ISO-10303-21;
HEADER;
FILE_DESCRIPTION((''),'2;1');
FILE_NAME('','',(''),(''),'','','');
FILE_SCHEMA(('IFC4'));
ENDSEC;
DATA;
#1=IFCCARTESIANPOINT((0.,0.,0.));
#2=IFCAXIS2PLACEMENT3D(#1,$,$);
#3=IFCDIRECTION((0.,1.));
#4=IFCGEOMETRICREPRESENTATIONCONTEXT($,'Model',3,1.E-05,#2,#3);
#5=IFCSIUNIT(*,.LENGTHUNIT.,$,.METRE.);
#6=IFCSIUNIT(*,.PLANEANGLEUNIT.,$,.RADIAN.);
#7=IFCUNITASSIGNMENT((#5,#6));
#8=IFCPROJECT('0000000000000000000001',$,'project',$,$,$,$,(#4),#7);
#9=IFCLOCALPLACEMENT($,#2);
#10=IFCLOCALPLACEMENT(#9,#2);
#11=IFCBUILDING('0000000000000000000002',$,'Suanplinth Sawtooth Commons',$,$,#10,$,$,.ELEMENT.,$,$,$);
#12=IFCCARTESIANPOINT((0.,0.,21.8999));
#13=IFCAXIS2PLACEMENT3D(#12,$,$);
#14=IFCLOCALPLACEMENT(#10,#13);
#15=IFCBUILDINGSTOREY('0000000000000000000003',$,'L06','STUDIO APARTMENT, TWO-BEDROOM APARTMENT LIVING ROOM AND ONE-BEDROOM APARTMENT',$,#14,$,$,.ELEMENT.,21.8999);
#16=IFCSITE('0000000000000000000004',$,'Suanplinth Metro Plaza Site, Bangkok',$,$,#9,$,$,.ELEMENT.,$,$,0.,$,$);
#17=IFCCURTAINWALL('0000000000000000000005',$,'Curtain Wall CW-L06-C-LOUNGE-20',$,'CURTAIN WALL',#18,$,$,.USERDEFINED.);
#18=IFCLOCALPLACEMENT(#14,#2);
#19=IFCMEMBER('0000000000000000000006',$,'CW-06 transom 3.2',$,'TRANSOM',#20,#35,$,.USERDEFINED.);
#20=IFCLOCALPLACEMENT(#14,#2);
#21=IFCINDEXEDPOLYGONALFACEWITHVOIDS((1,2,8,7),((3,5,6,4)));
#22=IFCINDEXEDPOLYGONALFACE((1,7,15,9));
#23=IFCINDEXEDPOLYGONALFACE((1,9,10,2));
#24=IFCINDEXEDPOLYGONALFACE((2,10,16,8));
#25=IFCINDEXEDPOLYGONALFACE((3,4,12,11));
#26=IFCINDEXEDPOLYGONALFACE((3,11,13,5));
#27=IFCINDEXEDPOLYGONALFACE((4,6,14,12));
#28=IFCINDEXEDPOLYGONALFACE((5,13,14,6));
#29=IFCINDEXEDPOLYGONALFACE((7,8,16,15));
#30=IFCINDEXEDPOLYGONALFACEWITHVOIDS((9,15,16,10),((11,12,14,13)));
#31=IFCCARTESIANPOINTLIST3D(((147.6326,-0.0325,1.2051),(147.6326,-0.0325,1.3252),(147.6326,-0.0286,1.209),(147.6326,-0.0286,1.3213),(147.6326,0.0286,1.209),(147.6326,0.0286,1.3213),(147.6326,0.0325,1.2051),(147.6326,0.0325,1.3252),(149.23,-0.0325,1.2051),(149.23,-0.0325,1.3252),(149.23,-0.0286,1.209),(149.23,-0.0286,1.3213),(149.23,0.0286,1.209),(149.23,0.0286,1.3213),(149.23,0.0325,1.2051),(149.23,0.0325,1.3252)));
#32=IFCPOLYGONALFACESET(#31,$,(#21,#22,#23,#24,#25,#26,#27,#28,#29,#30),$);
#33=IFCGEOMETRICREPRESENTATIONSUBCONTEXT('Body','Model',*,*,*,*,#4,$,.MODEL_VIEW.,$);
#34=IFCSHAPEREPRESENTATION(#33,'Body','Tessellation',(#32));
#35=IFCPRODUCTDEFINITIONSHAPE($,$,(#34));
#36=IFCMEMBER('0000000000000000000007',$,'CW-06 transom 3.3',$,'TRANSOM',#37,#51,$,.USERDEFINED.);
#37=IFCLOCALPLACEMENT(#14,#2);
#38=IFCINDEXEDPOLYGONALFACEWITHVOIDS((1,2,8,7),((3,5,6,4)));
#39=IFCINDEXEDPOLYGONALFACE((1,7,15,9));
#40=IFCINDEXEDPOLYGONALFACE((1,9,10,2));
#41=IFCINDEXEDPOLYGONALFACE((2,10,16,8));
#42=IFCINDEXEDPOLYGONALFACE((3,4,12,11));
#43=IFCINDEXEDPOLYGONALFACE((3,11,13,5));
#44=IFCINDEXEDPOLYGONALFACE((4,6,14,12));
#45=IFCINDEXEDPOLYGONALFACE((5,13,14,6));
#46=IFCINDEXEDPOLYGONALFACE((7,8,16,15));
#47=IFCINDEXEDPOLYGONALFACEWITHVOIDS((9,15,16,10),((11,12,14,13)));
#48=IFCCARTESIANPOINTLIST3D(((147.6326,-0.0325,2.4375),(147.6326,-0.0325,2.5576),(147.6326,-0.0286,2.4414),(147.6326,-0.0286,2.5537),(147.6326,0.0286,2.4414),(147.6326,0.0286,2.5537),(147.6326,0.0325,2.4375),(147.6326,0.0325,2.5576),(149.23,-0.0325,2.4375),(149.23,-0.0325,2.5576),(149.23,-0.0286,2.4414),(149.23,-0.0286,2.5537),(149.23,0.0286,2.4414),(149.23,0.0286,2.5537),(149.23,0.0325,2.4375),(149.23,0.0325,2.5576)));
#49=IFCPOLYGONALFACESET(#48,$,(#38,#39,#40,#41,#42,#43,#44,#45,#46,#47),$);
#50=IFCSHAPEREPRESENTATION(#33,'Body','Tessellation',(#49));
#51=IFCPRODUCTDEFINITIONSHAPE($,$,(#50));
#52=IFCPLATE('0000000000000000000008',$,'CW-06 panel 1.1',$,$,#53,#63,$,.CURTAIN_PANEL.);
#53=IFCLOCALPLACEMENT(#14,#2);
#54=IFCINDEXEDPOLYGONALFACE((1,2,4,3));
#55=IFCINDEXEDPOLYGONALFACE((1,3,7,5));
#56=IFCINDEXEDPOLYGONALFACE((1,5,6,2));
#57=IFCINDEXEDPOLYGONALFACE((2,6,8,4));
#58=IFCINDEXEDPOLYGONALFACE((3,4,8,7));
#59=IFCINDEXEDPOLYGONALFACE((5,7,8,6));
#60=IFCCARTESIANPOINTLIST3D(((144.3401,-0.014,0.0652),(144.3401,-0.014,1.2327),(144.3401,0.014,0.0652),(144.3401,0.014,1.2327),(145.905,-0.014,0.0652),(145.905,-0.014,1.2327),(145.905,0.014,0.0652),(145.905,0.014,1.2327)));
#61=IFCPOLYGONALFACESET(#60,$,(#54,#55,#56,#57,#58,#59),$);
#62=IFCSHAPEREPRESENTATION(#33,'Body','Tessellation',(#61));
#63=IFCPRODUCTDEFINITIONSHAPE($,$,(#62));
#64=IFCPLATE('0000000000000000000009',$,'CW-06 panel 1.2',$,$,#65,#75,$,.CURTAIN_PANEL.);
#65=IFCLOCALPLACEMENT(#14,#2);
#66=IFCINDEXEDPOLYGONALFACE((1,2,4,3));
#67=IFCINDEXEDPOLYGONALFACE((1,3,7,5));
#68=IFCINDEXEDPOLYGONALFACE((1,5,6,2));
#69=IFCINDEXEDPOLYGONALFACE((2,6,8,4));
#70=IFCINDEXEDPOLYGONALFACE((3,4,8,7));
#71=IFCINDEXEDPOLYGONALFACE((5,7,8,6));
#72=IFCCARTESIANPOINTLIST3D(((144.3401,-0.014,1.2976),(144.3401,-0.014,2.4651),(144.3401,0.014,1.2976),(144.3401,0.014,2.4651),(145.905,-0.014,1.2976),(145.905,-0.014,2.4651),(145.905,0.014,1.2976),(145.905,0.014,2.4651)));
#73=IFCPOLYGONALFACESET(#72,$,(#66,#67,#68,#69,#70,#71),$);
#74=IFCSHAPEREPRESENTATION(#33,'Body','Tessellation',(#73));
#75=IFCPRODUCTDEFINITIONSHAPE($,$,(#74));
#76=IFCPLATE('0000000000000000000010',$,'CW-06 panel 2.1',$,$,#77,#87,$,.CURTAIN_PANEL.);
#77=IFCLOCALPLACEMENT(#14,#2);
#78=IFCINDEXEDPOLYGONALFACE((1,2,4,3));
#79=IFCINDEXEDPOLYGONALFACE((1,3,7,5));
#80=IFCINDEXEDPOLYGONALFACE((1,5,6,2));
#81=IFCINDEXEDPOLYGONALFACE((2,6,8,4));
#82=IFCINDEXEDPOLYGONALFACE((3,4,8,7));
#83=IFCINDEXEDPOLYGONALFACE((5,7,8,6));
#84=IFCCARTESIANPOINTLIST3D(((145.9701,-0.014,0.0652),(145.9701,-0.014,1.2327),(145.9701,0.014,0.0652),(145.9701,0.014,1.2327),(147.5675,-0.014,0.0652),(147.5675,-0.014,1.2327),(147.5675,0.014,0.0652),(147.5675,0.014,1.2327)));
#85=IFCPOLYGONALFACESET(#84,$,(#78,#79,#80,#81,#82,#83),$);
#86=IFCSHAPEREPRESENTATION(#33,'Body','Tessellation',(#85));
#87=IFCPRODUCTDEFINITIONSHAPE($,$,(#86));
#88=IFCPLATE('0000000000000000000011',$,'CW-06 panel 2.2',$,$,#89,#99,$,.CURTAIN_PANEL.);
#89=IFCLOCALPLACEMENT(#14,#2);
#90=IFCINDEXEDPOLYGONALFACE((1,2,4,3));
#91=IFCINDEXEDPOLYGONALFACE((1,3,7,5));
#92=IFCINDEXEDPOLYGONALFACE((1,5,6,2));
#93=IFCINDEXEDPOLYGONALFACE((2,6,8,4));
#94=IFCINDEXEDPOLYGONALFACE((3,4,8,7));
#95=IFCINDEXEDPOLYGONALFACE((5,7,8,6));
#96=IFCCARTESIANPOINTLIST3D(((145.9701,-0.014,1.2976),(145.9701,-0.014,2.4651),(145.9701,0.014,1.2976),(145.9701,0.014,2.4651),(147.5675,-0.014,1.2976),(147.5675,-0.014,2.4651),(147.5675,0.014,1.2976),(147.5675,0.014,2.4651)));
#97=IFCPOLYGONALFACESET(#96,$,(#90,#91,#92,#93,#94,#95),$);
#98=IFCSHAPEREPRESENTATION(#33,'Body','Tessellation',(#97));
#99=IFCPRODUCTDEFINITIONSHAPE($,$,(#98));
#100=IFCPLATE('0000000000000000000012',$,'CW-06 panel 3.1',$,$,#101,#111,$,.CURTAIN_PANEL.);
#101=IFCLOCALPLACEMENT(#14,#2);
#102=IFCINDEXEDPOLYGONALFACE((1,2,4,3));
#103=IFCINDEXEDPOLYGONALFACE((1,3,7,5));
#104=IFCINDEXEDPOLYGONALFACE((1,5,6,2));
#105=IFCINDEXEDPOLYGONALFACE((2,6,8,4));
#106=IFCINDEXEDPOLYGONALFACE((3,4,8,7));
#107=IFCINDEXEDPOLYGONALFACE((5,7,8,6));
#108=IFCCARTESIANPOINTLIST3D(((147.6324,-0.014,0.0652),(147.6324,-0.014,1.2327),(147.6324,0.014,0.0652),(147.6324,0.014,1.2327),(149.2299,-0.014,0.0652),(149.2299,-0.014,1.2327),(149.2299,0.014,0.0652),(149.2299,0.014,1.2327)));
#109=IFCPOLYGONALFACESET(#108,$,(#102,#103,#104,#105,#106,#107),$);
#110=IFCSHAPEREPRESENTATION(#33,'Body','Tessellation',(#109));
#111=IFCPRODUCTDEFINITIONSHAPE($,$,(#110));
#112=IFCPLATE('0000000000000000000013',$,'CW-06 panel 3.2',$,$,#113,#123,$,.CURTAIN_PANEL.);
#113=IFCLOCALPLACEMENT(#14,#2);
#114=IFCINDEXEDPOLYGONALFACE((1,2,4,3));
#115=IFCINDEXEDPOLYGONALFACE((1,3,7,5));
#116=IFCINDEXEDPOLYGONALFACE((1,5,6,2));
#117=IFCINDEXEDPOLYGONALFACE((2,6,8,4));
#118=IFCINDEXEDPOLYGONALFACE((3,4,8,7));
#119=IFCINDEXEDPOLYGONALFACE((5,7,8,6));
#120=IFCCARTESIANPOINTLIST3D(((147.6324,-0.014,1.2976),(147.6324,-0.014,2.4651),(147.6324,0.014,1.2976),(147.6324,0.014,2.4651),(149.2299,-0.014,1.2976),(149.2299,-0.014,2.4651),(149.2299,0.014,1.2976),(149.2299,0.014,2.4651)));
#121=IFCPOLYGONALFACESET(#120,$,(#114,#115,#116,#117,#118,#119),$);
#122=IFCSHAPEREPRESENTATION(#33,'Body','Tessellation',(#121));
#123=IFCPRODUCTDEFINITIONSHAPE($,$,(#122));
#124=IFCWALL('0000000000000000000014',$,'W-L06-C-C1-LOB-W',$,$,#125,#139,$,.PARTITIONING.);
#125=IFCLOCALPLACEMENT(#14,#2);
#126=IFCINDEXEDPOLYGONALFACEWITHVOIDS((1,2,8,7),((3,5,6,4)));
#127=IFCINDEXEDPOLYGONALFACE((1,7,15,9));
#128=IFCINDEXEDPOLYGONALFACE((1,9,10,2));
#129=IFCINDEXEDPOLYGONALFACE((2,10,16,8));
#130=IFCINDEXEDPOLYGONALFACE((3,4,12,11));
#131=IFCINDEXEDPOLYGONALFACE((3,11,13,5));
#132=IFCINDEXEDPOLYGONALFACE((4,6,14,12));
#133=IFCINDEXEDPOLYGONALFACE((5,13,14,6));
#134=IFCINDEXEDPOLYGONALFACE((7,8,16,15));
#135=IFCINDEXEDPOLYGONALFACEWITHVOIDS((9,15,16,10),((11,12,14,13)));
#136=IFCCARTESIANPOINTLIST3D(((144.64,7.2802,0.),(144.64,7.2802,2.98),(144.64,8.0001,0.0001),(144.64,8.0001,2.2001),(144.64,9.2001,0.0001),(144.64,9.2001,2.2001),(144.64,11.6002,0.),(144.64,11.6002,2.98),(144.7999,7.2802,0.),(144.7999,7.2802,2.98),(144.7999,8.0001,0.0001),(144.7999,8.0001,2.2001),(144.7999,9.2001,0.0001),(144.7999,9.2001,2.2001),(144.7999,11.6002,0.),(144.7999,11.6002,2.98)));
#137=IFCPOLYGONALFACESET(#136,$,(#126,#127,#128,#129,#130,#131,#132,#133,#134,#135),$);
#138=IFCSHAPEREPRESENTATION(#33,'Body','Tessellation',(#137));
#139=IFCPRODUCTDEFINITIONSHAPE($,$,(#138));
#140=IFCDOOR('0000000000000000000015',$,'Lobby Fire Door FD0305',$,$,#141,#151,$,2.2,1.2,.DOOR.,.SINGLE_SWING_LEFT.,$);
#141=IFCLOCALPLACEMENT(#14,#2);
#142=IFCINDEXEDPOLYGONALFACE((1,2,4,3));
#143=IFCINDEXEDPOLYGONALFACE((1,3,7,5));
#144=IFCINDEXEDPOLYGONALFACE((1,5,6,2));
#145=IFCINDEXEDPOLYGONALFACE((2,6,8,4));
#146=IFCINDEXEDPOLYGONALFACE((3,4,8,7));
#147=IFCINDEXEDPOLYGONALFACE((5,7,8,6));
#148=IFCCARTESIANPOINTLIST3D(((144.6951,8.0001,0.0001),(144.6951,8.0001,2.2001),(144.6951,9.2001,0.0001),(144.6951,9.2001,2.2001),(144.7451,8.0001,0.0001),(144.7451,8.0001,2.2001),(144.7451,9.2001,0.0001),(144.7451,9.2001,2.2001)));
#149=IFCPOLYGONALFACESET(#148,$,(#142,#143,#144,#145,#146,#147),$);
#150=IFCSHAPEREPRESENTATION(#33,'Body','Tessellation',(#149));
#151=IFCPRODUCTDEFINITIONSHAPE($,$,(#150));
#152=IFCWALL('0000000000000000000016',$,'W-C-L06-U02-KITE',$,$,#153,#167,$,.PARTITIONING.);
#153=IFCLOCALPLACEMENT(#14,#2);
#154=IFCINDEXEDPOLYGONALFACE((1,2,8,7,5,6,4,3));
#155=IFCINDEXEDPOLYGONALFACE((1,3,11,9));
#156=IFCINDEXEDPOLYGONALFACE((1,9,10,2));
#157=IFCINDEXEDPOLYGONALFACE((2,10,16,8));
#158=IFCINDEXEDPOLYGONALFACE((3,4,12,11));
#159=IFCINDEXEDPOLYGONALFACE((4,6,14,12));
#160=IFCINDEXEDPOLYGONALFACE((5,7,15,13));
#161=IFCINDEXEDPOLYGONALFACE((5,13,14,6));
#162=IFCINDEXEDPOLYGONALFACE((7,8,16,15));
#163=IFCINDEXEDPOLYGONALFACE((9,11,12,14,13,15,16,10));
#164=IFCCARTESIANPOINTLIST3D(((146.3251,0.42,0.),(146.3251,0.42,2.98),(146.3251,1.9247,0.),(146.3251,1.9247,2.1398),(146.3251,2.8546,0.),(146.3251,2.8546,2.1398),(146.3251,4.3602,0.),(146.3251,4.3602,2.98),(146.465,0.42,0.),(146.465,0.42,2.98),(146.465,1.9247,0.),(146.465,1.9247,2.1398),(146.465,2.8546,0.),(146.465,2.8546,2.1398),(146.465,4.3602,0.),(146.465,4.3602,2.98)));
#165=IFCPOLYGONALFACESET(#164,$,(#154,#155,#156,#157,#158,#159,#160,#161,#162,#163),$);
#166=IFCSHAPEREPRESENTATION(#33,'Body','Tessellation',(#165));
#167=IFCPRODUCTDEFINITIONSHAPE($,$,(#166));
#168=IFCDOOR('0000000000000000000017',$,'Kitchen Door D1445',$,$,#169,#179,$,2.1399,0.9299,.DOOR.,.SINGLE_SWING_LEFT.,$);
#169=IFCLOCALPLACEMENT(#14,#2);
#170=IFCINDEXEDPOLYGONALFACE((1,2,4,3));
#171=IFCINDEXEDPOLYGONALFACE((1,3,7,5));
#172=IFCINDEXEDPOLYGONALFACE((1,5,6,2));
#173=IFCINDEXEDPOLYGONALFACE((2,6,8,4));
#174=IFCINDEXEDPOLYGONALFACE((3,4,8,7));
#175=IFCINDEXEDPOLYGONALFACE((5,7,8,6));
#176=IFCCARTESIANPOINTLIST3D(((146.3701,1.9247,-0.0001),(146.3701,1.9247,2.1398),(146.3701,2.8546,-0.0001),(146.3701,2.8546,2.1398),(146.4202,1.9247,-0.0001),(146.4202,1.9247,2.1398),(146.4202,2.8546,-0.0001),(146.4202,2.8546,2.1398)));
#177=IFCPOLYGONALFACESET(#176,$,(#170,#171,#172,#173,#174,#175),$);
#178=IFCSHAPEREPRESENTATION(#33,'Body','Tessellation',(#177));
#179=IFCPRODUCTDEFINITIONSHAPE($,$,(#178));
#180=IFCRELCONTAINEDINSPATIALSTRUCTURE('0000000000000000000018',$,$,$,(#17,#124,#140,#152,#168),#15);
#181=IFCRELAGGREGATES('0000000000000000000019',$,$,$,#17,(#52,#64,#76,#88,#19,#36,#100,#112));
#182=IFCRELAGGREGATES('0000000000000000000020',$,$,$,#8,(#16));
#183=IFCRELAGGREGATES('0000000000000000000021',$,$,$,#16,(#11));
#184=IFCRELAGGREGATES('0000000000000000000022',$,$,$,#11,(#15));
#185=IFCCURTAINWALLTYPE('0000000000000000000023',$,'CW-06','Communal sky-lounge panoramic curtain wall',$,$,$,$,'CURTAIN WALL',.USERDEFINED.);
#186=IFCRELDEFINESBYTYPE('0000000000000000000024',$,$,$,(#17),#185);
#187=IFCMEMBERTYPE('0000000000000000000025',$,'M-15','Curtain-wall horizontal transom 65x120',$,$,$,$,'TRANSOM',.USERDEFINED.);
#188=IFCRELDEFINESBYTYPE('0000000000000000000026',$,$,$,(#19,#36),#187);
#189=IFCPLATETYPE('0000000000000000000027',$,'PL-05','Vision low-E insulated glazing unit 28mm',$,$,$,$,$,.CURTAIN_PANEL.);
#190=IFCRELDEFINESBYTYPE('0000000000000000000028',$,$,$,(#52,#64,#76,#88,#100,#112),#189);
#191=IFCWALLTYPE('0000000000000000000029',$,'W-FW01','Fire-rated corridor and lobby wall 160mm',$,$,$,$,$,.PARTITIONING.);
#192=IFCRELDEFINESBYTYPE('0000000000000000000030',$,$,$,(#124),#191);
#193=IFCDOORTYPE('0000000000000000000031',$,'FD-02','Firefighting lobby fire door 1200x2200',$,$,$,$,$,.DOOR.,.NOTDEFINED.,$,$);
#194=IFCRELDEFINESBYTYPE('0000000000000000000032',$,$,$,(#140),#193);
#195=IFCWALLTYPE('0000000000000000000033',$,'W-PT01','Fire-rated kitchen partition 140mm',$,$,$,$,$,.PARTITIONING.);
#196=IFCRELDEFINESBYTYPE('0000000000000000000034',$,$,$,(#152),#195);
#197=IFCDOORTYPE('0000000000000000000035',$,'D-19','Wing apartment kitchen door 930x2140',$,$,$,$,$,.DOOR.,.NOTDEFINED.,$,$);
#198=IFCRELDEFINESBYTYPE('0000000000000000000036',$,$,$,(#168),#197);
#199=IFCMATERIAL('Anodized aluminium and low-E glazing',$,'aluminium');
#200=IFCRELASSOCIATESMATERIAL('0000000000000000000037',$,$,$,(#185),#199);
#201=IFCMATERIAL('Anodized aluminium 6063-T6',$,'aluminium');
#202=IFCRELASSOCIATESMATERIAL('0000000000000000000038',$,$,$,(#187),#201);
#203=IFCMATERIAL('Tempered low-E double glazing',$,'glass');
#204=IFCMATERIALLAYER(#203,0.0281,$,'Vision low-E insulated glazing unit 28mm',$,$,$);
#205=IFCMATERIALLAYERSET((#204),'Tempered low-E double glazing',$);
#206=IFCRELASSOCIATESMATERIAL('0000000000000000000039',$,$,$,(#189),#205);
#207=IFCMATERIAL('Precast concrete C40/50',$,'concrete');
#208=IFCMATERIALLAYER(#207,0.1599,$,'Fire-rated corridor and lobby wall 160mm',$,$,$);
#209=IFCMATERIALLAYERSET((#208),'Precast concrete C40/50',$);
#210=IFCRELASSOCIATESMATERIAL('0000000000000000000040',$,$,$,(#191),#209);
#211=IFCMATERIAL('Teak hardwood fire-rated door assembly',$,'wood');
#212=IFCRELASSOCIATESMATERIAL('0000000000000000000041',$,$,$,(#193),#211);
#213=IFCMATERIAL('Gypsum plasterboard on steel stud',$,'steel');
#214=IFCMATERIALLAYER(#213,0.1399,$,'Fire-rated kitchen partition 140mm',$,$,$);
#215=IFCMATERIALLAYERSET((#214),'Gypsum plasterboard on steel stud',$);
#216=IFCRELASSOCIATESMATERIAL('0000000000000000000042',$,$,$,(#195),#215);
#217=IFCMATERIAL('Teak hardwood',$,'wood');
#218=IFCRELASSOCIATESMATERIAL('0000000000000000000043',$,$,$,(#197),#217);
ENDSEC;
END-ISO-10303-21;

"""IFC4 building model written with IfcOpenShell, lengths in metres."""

from ifc_helpers import new_model, si_unit, direction, frame, frame_2d, origin, origin_2d, place, context, subcontext, project, spatial, rectangle, hollow_rectangle, extrude, material, layer, layer_set, material_profile, profile_set, type_object, element, fill, aggregate, save


model = new_model("IFC4")

# Units and contexts
model_context = context("Model", 3, precision=1e-05, world=origin(), true_north=direction((0.0, 1.0)))
body_context = subcontext(model_context, "Body", "Model", "MODEL_VIEW")
ifc_project = project(units=[si_unit("LENGTHUNIT", "METRE"), si_unit("PLANEANGLEUNIT", "RADIAN")], contexts=[model_context])

# Site, building, storey
site_placement = place(None, origin())
site = spatial("IfcSite", under=ifc_project, at=site_placement, Name="Suanplinth Metro Plaza Site, Bangkok", CompositionType="ELEMENT", RefElevation=0.0)
building_placement = place(site_placement, origin())
building = spatial("IfcBuilding", under=site, at=building_placement, Name="Suanplinth Sawtooth Commons", CompositionType="ELEMENT")
storey_placement = place(building_placement, frame((0.0, 0.0, 21.8999)))
storey = spatial("IfcBuildingStorey", under=building, at=storey_placement, Name="L06", Description="STUDIO APARTMENT, TWO-BEDROOM APARTMENT LIVING ROOM AND ONE-BEDROOM APARTMENT", CompositionType="ELEMENT", Elevation=21.8999)

# Curtain wall, members, plates
ifc_material_1 = material(Name="Anodized aluminium and low-E glazing", Category="aluminium")
curtain_wall_type = type_object("IfcCurtainWallType", Name="CW-06", Description="Communal sky-lounge panoramic curtain wall", ElementType="CURTAIN WALL", PredefinedType="USERDEFINED", material=ifc_material_1)
curtain_wall_placement = place(storey_placement, origin())
curtain_wall = element("IfcCurtainWall", 1, at=curtain_wall_placement, inside=storey, type_object=curtain_wall_type, Name="Curtain Wall CW-L06-C-LOUNGE-20", ObjectType="CURTAIN WALL", PredefinedType="USERDEFINED")
ifc_material_2 = material(Name="Anodized aluminium 6063-T6", Category="aluminium")
ifc_material_profile_1 = material_profile(ifc_material_2, hollow_rectangle(XDim=0.0649, YDim=0.1201, WallThickness=0.0039, at=origin_2d()), Name="ALU-TRN 65x120")
ifc_profile_set_1 = profile_set([ifc_material_profile_1], Name="Anodized aluminium 6063-T6")
member_type_1 = type_object("IfcMemberType", Name="M-15", Description="Curtain-wall horizontal transom 65x120", ElementType="TRANSOM", PredefinedType="USERDEFINED", material=ifc_profile_set_1)
member_1_placement = place(storey_placement, frame((147.6326, 0.0, 1.2651), z_axis=(1.0, 0.0, 0.0), x_axis=(0.0, 1.0, 0.0)))
member_1 = element("IfcMember", 2, at=member_1_placement, type_object=member_type_1, Name="CW-06 transom 3.2", ObjectType="TRANSOM", PredefinedType="USERDEFINED", context=body_context, shape_type="SweptSolid", body=[
    extrude(hollow_rectangle(XDim=0.0649, YDim=0.1201, WallThickness=0.0039, at=origin_2d()), origin(), (0.0, 0.0, 1.0), 1.5974),
])
member_2_placement = place(storey_placement, frame((147.6326, 0.0, 2.4976), z_axis=(1.0, 0.0, 0.0), x_axis=(0.0, 1.0, 0.0)))
member_2 = element("IfcMember", 3, at=member_2_placement, type_object=member_type_1, Name="CW-06 transom 3.3", ObjectType="TRANSOM", PredefinedType="USERDEFINED", context=body_context, shape_type="SweptSolid", body=[
    extrude(hollow_rectangle(XDim=0.0649, YDim=0.1201, WallThickness=0.0039, at=origin_2d()), origin(), (0.0, 0.0, 1.0), 1.5974),
])
ifc_material_3 = material(Name="Tempered low-E double glazing", Category="glass")
ifc_layer_1 = layer(ifc_material_3, 0.0281, Name="Vision low-E insulated glazing unit 28mm")
ifc_layer_set_1 = layer_set([ifc_layer_1], Name="Tempered low-E double glazing")
plate_type = type_object("IfcPlateType", Name="PL-05", Description="Vision low-E insulated glazing unit 28mm", PredefinedType="CURTAIN_PANEL", material=ifc_layer_set_1)
plate_1_placement = place(storey_placement, frame((145.1226, 0.0, 0.0652), z_axis=(0.0, 0.0, 1.0), x_axis=(1.0, 0.0, 0.0)))
plate_1 = element("IfcPlate", 4, at=plate_1_placement, type_object=plate_type, Name="CW-06 panel 1.1", PredefinedType="CURTAIN_PANEL", context=body_context, shape_type="SweptSolid", body=[
    extrude(rectangle(XDim=1.5649, YDim=0.0281, at=origin_2d()), origin(), (0.0, 0.0, 1.0), 1.1675),
])
plate_2_placement = place(storey_placement, frame((145.1226, 0.0, 1.2976), z_axis=(0.0, 0.0, 1.0), x_axis=(1.0, 0.0, 0.0)))
plate_2 = element("IfcPlate", 5, at=plate_2_placement, type_object=plate_type, Name="CW-06 panel 1.2", PredefinedType="CURTAIN_PANEL", context=body_context, shape_type="SweptSolid", body=[
    extrude(rectangle(XDim=1.5649, YDim=0.0281, at=origin_2d()), origin(), (0.0, 0.0, 1.0), 1.1675),
])
plate_3_placement = place(storey_placement, frame((146.7688, 0.0, 0.0652), z_axis=(0.0, 0.0, 1.0), x_axis=(1.0, 0.0, 0.0)))
plate_3 = element("IfcPlate", 6, at=plate_3_placement, type_object=plate_type, Name="CW-06 panel 2.1", PredefinedType="CURTAIN_PANEL", context=body_context, shape_type="SweptSolid", body=[
    extrude(rectangle(XDim=1.5974, YDim=0.0281, at=origin_2d()), origin(), (0.0, 0.0, 1.0), 1.1675),
])
plate_4_placement = place(storey_placement, frame((146.7688, 0.0, 1.2976), z_axis=(0.0, 0.0, 1.0), x_axis=(1.0, 0.0, 0.0)))
plate_4 = element("IfcPlate", 7, at=plate_4_placement, type_object=plate_type, Name="CW-06 panel 2.2", PredefinedType="CURTAIN_PANEL", context=body_context, shape_type="SweptSolid", body=[
    extrude(rectangle(XDim=1.5974, YDim=0.0281, at=origin_2d()), origin(), (0.0, 0.0, 1.0), 1.1675),
])
plate_5_placement = place(storey_placement, frame((148.4312, 0.0, 0.0652), z_axis=(0.0, 0.0, 1.0), x_axis=(1.0, 0.0, 0.0)))
plate_5 = element("IfcPlate", 8, at=plate_5_placement, type_object=plate_type, Name="CW-06 panel 3.1", PredefinedType="CURTAIN_PANEL", context=body_context, shape_type="SweptSolid", body=[
    extrude(rectangle(XDim=1.5974, YDim=0.0281, at=origin_2d()), origin(), (0.0, 0.0, 1.0), 1.1675),
])
plate_6_placement = place(storey_placement, frame((148.4312, 0.0, 1.2976), z_axis=(0.0, 0.0, 1.0), x_axis=(1.0, 0.0, 0.0)))
plate_6 = element("IfcPlate", 9, at=plate_6_placement, type_object=plate_type, Name="CW-06 panel 3.2", PredefinedType="CURTAIN_PANEL", context=body_context, shape_type="SweptSolid", body=[
    extrude(rectangle(XDim=1.5974, YDim=0.0281, at=origin_2d()), origin(), (0.0, 0.0, 1.0), 1.1675),
])
aggregate(curtain_wall, [plate_1, plate_2, plate_3, plate_4, member_1, member_2, plate_5, plate_6])

# Walls, openings, doors
ifc_material_4 = material(Name="Precast concrete C40/50", Category="concrete")
ifc_layer_2 = layer(ifc_material_4, 0.1599, Name="Fire-rated corridor and lobby wall 160mm")
ifc_layer_set_2 = layer_set([ifc_layer_2], Name="Precast concrete C40/50")
wall_type_1 = type_object("IfcWallType", Name="W-FW01", Description="Fire-rated corridor and lobby wall 160mm", PredefinedType="PARTITIONING", material=ifc_layer_set_2)
wall_1_placement = place(storey_placement, frame((144.72, 7.28, 0.0), z_axis=(0.0, 0.0, 1.0), x_axis=(0.0, 1.0, 0.0)))
wall_1 = element("IfcWall", 10, at=wall_1_placement, inside=storey, type_object=wall_type_1, Name="W-L06-C-C1-LOB-W", PredefinedType="PARTITIONING", context=body_context, shape_type="SweptSolid", body=[
    extrude(rectangle(XDim=4.3201, YDim=0.1599, at=frame_2d((2.1602, 0.0))), origin(), (0.0, 0.0, 1.0), 2.98),
])
opening_1_placement = place(wall_1_placement, frame((0.72, 0.0, 0.0)))
opening_1 = element("IfcOpeningElement", 11, at=opening_1_placement, cuts=wall_1, PredefinedType="OPENING", context=body_context, shape_type="SweptSolid", body=[
    extrude(rectangle(XDim=1.2, YDim=2.2, at=frame_2d((0.6001, 1.1001))), frame((0.0, 0.0947, 0.0), z_axis=(0.0, -1.0, 0.0), x_axis=(1.0, 0.0, 0.0)), (0.0, 0.0, 1.0), 0.1897),
])
ifc_material_5 = material(Name="Teak hardwood fire-rated door assembly", Category="wood")
door_type_1 = type_object("IfcDoorType", Name="FD-02", Description="Firefighting lobby fire door 1200x2200", OperationType="NOTDEFINED", PredefinedType="DOOR", material=ifc_material_5)
door_1_placement = place(opening_1_placement, origin())
door_1 = element("IfcDoor", 12, at=door_1_placement, inside=storey, type_object=door_type_1, Name="Lobby Fire Door FD0305", OperationType="SINGLE_SWING_LEFT", OverallHeight=2.2, OverallWidth=1.2, PredefinedType="DOOR", context=body_context, shape_type="SweptSolid", body=[
    extrude(rectangle(XDim=1.2, YDim=2.2, at=frame_2d((0.6001, 1.1001))), frame((0.0, 0.0249, 0.0), z_axis=(0.0, -1.0, 0.0), x_axis=(1.0, 0.0, 0.0)), (0.0, 0.0, 1.0), 0.05),
])
fill(opening_1, door_1)
ifc_material_6 = material(Name="Gypsum plasterboard on steel stud", Category="steel")
ifc_layer_3 = layer(ifc_material_6, 0.1399, Name="Fire-rated kitchen partition 140mm")
ifc_layer_set_3 = layer_set([ifc_layer_3], Name="Gypsum plasterboard on steel stud")
wall_type_2 = type_object("IfcWallType", Name="W-PT01", Description="Fire-rated kitchen partition 140mm", PredefinedType="PARTITIONING", material=ifc_layer_set_3)
wall_2_placement = place(storey_placement, frame((146.395, 0.4199, 0.0), z_axis=(0.0, 0.0, 1.0), x_axis=(0.0, 1.0, 0.0)))
wall_2 = element("IfcWall", 13, at=wall_2_placement, inside=storey, type_object=wall_type_2, Name="W-C-L06-U02-KITE", PredefinedType="PARTITIONING", context=body_context, shape_type="SweptSolid", body=[
    extrude(rectangle(XDim=3.9402, YDim=0.1399, at=frame_2d((1.9702, 0.0))), origin(), (0.0, 0.0, 1.0), 2.98),
])
opening_2_placement = place(wall_2_placement, frame((1.5049, 0.0, 0.0)))
opening_2 = element("IfcOpeningElement", 14, at=opening_2_placement, cuts=wall_2, PredefinedType="OPENING", context=body_context, shape_type="SweptSolid", body=[
    extrude(rectangle(XDim=0.9299, YDim=2.1399, at=frame_2d((0.4648, 1.0698))), frame((0.0, 0.085, 0.0), z_axis=(0.0, -1.0, 0.0), x_axis=(1.0, 0.0, 0.0)), (0.0, 0.0, 1.0), 0.1697),
])
ifc_material_7 = material(Name="Teak hardwood", Category="wood")
door_type_2 = type_object("IfcDoorType", Name="D-19", Description="Wing apartment kitchen door 930x2140", OperationType="NOTDEFINED", PredefinedType="DOOR", material=ifc_material_7)
door_2_placement = place(opening_2_placement, origin())
door_2 = element("IfcDoor", 15, at=door_2_placement, inside=storey, type_object=door_type_2, Name="Kitchen Door D1445", OperationType="SINGLE_SWING_LEFT", OverallHeight=2.1399, OverallWidth=0.9299, PredefinedType="DOOR", context=body_context, shape_type="SweptSolid", body=[
    extrude(rectangle(XDim=0.9299, YDim=2.1399, at=frame_2d((0.4648, 1.0698))), frame((0.0, 0.0249, 0.0), z_axis=(0.0, -1.0, 0.0), x_axis=(1.0, 0.0, 0.0)), (0.0, 0.0, 1.0), 0.05),
])
fill(opening_2, door_2)

save(model, "model.ifc")
